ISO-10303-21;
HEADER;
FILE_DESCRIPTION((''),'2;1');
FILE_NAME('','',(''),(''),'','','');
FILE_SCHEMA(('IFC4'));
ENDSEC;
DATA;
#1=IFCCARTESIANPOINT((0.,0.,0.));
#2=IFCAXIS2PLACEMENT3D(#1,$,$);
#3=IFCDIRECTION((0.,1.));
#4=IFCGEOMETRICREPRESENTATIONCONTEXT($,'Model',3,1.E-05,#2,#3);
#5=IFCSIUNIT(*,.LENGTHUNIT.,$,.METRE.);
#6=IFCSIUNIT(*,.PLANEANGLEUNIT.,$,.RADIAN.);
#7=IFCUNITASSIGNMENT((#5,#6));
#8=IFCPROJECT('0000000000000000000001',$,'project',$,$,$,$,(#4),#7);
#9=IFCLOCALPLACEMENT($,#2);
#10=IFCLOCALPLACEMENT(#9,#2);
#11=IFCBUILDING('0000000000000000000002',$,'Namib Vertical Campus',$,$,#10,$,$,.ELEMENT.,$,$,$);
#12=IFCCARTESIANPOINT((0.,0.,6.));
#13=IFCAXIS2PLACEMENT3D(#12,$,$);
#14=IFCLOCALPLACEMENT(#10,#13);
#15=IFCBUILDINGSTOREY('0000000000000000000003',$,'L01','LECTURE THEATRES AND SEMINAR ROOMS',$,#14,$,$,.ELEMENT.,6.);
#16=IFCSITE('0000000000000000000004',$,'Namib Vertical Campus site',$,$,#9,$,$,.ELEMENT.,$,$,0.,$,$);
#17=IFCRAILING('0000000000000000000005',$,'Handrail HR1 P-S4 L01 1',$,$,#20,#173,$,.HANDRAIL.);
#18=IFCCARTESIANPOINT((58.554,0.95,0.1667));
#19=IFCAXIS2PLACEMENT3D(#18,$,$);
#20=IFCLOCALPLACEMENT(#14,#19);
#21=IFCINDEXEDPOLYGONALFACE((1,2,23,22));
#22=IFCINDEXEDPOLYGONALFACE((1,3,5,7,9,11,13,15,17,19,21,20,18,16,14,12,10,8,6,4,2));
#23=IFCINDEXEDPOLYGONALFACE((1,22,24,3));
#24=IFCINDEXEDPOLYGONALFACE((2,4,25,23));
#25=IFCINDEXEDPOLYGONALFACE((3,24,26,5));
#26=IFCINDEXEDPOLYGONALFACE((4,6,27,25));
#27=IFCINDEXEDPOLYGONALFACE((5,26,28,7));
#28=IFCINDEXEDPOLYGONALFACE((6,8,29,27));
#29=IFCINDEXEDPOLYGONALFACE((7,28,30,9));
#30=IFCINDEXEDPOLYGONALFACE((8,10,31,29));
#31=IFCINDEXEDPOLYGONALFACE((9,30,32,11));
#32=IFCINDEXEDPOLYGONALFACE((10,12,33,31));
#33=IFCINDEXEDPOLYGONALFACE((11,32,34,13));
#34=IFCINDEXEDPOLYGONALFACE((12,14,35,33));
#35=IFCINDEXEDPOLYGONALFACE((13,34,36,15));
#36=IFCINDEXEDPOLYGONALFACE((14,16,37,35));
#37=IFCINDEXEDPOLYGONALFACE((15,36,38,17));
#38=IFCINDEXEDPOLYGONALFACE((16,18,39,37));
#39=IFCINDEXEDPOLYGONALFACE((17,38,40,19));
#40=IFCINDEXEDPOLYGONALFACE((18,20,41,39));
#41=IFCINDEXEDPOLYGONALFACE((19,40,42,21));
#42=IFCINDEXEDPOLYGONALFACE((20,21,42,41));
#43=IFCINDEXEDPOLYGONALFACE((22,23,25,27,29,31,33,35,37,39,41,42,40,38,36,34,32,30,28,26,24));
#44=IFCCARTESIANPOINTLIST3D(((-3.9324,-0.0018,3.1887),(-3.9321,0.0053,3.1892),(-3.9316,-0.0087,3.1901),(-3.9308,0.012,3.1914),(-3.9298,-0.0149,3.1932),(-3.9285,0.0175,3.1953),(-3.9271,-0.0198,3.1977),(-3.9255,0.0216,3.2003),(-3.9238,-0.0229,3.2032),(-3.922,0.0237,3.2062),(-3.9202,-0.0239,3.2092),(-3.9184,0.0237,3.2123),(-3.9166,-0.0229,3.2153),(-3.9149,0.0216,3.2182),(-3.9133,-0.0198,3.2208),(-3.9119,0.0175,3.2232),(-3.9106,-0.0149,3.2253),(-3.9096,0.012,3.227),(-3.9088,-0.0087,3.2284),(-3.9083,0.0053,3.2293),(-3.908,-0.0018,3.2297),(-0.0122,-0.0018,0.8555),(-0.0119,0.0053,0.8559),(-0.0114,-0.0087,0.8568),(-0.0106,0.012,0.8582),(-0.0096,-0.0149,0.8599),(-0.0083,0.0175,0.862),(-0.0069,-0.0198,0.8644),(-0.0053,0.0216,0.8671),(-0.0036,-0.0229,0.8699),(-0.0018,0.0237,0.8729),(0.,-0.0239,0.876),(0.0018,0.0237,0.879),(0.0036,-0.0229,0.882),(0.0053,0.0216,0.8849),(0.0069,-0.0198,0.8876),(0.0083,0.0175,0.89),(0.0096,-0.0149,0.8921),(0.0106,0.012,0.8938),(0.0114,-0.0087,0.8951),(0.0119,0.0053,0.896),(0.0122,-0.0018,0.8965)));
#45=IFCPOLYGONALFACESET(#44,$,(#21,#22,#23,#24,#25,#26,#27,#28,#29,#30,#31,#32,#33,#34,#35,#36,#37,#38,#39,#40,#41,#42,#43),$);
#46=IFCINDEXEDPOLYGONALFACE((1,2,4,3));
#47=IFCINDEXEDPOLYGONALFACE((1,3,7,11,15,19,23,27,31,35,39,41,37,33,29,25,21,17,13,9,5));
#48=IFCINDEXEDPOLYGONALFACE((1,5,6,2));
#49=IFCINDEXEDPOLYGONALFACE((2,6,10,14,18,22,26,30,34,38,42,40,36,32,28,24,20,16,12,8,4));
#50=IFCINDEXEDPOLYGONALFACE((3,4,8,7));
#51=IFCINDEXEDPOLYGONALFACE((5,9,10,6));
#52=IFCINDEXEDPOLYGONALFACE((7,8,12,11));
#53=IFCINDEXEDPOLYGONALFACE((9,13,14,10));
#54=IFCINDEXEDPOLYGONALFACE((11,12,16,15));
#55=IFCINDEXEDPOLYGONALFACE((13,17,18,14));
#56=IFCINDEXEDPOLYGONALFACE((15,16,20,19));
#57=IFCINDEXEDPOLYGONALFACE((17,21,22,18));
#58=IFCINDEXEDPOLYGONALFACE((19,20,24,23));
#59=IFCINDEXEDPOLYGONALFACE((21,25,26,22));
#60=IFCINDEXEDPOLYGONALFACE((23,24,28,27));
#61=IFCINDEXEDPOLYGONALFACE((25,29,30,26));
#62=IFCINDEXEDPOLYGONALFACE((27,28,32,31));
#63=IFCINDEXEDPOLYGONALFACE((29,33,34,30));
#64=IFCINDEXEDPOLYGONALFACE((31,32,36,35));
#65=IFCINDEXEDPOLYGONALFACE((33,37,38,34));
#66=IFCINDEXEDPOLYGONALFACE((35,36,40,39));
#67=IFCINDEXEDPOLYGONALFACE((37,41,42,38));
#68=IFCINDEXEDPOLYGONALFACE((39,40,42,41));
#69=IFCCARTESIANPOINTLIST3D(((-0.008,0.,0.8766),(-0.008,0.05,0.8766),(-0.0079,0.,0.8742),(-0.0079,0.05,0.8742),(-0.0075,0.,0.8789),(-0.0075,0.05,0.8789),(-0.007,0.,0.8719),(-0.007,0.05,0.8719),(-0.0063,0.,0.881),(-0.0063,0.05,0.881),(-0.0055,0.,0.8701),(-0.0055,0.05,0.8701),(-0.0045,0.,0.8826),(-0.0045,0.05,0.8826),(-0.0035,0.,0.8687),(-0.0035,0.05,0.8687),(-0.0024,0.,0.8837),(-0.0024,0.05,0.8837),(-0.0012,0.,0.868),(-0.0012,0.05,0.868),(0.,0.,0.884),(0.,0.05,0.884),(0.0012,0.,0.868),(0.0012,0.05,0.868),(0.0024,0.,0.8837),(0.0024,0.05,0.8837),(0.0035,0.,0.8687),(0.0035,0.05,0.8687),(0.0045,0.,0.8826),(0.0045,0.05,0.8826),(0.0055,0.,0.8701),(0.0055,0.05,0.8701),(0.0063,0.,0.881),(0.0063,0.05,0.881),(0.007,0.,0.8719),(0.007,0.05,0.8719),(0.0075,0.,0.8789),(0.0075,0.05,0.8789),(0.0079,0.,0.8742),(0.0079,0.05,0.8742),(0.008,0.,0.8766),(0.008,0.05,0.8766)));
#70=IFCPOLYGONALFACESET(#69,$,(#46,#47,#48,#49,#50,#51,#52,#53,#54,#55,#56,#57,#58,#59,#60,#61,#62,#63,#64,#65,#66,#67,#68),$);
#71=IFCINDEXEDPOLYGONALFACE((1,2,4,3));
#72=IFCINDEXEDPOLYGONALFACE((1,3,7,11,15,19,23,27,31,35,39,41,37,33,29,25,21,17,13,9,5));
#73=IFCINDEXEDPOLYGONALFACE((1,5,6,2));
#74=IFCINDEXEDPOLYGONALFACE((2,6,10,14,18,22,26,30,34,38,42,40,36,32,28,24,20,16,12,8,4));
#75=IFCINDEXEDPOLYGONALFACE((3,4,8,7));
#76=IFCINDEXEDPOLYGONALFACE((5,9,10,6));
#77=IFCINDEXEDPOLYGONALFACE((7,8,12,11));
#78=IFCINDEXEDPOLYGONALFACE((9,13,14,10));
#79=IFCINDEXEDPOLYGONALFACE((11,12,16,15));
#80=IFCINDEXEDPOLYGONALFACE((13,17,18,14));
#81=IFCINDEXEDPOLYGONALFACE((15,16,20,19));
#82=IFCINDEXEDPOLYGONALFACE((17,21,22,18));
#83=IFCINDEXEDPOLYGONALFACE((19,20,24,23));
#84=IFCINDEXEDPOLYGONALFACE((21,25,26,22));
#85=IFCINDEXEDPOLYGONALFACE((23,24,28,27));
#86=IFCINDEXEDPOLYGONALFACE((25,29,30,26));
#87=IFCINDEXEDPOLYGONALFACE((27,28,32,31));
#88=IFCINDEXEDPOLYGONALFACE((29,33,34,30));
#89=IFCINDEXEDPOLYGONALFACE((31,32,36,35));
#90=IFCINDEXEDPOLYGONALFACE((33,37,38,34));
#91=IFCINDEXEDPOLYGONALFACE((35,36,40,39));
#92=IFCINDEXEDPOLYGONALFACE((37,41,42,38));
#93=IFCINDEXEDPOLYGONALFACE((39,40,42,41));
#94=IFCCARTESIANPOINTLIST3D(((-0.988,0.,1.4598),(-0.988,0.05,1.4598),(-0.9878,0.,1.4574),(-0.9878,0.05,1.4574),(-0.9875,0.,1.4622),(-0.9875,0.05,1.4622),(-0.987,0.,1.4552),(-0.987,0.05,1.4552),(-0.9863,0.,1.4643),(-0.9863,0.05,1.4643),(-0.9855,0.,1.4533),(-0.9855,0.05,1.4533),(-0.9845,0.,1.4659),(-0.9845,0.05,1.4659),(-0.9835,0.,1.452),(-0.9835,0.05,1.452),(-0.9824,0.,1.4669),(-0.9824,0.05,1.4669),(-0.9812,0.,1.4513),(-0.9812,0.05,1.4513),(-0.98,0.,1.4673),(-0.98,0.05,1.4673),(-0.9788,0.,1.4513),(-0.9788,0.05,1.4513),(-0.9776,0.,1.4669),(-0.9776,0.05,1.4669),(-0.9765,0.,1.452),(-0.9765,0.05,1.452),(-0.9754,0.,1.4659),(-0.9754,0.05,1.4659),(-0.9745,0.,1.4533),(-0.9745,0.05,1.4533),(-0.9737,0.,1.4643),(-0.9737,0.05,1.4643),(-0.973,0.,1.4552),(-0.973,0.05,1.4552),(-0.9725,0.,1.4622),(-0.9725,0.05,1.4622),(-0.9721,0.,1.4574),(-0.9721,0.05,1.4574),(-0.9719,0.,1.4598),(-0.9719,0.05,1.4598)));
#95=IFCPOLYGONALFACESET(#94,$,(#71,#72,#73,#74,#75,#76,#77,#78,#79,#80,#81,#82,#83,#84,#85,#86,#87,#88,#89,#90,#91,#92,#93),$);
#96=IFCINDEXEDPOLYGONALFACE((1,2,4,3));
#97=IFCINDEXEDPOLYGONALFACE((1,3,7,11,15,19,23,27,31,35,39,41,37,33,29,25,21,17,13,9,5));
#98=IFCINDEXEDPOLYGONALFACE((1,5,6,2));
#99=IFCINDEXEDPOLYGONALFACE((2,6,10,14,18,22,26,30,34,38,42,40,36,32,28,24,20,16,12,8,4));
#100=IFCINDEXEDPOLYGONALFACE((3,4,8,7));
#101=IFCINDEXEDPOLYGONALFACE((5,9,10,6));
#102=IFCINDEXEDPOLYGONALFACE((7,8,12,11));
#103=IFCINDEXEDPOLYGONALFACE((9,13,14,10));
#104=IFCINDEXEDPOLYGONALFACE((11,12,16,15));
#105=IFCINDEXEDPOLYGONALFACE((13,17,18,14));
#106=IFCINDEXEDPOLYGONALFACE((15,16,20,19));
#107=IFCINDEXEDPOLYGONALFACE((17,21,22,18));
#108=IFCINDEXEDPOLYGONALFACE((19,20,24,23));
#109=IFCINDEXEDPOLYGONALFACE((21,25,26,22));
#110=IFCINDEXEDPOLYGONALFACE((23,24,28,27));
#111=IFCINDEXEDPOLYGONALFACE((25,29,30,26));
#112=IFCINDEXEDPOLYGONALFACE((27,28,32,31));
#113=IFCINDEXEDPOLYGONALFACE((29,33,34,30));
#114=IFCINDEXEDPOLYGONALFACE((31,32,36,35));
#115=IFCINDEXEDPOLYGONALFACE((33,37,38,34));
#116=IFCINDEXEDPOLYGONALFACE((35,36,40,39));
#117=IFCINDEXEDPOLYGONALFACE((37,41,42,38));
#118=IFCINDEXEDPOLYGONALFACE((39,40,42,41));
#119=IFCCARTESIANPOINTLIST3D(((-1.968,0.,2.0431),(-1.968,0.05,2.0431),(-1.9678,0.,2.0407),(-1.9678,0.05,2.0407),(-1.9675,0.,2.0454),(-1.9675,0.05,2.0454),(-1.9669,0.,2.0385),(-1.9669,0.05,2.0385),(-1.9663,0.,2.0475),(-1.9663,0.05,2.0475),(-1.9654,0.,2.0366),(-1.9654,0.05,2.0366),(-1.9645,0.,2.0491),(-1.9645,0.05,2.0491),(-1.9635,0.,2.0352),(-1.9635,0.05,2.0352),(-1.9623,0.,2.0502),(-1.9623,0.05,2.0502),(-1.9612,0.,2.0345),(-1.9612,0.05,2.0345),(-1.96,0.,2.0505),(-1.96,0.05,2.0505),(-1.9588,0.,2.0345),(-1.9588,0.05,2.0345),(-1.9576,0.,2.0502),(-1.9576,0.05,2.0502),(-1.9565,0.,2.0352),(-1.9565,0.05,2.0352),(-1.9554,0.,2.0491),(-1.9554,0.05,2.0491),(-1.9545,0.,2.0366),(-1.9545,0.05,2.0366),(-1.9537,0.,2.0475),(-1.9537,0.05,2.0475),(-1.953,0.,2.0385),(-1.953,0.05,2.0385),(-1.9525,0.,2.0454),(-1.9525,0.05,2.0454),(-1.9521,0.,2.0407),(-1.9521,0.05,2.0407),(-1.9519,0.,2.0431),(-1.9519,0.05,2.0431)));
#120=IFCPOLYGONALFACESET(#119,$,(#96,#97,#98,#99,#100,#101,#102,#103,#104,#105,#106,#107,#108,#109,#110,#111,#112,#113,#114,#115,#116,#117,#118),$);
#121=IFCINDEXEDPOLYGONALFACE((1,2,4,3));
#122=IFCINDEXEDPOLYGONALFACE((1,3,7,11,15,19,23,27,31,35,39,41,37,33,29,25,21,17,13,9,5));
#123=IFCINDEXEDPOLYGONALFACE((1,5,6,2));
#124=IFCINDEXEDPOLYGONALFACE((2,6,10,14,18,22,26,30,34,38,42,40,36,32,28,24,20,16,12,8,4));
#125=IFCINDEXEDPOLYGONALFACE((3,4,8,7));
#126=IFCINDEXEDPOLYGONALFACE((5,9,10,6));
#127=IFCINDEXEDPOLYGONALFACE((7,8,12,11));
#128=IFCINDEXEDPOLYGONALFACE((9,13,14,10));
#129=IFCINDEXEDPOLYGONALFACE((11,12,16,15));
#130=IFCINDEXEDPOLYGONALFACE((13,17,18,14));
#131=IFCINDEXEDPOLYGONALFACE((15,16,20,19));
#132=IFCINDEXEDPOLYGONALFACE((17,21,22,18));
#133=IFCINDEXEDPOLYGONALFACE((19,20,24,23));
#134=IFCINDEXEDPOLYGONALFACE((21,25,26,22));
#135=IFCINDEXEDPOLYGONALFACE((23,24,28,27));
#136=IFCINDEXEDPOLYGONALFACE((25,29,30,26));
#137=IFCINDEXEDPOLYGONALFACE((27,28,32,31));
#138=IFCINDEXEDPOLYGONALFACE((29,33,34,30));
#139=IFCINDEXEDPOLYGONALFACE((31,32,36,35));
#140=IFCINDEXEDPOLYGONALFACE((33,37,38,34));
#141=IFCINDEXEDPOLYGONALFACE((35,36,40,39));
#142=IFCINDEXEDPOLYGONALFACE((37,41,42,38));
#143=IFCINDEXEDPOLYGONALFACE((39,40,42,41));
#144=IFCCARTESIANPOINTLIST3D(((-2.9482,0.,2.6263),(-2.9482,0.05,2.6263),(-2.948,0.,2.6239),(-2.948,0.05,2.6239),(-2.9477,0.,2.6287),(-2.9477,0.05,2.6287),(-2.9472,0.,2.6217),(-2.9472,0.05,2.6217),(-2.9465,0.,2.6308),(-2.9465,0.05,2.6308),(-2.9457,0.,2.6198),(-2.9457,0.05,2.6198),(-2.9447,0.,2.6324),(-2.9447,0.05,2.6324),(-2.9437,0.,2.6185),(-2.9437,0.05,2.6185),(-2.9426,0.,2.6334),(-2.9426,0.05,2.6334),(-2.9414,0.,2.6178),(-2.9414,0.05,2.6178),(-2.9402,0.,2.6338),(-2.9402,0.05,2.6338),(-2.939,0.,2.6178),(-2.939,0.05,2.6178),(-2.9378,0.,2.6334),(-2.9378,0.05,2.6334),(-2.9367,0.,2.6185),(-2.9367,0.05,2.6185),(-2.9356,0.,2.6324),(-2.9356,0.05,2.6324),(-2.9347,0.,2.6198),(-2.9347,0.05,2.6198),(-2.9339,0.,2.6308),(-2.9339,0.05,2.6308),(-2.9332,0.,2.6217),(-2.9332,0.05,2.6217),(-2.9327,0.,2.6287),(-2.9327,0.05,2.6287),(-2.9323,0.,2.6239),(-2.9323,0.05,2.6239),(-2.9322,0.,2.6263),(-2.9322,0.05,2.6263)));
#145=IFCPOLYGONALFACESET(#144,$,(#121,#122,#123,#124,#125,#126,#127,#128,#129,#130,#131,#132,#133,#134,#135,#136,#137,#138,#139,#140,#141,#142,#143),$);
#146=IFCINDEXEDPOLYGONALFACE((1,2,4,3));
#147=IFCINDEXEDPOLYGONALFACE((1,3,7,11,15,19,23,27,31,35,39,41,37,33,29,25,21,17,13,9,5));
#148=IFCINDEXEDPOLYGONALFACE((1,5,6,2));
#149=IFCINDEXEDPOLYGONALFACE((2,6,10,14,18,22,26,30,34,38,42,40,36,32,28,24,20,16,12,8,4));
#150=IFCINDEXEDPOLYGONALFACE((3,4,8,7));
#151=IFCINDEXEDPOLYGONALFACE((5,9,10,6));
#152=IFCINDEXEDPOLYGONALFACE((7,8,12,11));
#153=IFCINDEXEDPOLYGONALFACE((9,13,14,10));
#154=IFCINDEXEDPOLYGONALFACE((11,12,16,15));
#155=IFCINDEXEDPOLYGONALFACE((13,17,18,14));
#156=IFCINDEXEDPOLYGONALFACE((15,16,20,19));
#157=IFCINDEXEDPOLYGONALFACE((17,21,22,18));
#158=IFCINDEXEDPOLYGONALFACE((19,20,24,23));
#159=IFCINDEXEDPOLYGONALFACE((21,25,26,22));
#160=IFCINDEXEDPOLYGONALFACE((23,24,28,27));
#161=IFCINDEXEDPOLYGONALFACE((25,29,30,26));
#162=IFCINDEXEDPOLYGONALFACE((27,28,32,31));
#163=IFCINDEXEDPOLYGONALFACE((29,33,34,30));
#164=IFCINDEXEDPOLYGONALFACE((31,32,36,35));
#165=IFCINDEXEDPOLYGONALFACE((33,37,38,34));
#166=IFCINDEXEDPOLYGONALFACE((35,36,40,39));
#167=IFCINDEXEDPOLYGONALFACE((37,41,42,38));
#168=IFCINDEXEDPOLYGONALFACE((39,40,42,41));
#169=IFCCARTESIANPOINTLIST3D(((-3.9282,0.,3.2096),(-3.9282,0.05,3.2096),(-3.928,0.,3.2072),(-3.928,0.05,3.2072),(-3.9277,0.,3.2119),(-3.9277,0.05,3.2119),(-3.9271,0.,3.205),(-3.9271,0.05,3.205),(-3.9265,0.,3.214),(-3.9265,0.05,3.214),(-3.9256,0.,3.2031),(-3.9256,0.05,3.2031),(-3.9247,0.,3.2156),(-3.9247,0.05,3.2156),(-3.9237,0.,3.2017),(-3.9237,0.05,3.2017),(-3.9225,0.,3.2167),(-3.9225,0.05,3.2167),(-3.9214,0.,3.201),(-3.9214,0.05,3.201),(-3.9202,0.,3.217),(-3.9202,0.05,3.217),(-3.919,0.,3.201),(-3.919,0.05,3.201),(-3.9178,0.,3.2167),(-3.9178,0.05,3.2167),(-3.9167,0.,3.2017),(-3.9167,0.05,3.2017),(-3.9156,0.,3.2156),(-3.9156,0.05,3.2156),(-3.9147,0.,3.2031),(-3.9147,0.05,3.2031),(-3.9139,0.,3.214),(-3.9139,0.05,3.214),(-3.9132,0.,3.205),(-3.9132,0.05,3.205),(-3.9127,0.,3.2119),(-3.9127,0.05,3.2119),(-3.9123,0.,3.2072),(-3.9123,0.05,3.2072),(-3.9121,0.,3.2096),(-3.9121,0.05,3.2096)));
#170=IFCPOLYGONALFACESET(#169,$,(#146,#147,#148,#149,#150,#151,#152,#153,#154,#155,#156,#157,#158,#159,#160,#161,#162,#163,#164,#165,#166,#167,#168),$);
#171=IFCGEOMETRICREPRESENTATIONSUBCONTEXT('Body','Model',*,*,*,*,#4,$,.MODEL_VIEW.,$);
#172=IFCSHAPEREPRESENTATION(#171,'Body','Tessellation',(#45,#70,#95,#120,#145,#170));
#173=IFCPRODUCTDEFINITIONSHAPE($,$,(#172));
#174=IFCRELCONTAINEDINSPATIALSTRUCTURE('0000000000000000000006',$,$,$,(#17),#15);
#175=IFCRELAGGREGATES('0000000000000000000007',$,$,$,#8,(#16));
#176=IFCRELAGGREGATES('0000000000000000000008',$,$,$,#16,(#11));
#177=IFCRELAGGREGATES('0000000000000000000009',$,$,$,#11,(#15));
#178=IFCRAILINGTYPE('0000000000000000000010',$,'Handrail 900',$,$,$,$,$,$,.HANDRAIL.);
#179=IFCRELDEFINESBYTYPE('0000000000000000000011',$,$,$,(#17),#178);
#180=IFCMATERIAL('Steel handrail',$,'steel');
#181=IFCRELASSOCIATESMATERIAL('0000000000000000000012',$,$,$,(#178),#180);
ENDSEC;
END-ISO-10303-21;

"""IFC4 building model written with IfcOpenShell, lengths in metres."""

from ifc_helpers import new_model, si_unit, direction, frame, origin, origin_2d, place, context, subcontext, project, spatial, circle, extrude, material, type_object, element, save


model = new_model("IFC4")

# Units and contexts
model_context = context("Model", 3, precision=1e-05, world=origin(), true_north=direction((0.0, 1.0)))
body_context = subcontext(model_context, "Body", "Model", "MODEL_VIEW")
ifc_project = project(units=[si_unit("LENGTHUNIT", "METRE"), si_unit("PLANEANGLEUNIT", "RADIAN")], contexts=[model_context])

# Site, building, storey
site_placement = place(None, origin())
site = spatial("IfcSite", under=ifc_project, at=site_placement, Name="Namib Vertical Campus site", CompositionType="ELEMENT", RefElevation=0.0)
building_placement = place(site_placement, origin())
building = spatial("IfcBuilding", under=site, at=building_placement, Name="Namib Vertical Campus", CompositionType="ELEMENT")
storey_placement = place(building_placement, frame((0.0, 0.0, 6.0)))
storey = spatial("IfcBuildingStorey", under=building, at=storey_placement, Name="L01", Description="LECTURE THEATRES AND SEMINAR ROOMS", CompositionType="ELEMENT", Elevation=6.0)

# Railing
ifc_material_1 = material(Name="Steel handrail", Category="steel")
railing_type_1 = type_object("IfcRailingType", Name="Handrail 900", PredefinedType="HANDRAIL", material=ifc_material_1)
railing_1_placement = place(storey_placement, frame((58.554, 0.95, 0.1667)))
element("IfcRailing", 1, at=railing_1_placement, inside=storey, type_object=railing_type_1, Name="Handrail HR1 P-S4 L01 1", PredefinedType="HANDRAIL", context=body_context, shape_type="SweptSolid", body=[
    extrude(circle(Radius=0.0239, at=origin_2d()), frame((0.0, 0.0, 0.876), z_axis=(-0.85931, 0.0, 0.511455), x_axis=(0.0, -1.0, 0.0)), (0.0, 0.0, 1.0), 4.562),
    extrude(circle(Radius=0.0081, at=origin_2d()), frame((0.0, 0.0, 0.876), z_axis=(0.0, 1.0, 0.0), x_axis=(0.0, 0.0, 1.0)), (0.0, 0.0, 1.0), 0.05),
    extrude(circle(Radius=0.0081, at=origin_2d()), frame((-0.98, 0.0, 1.4592), z_axis=(0.0, 1.0, 0.0), x_axis=(0.0, 0.0, 1.0)), (0.0, 0.0, 1.0), 0.05),
    extrude(circle(Radius=0.0081, at=origin_2d()), frame((-1.96, 0.0, 2.0425), z_axis=(0.0, 1.0, 0.0), x_axis=(0.0, 0.0, 1.0)), (0.0, 0.0, 1.0), 0.05),
    extrude(circle(Radius=0.0081, at=origin_2d()), frame((-2.9402, 0.0, 2.6257), z_axis=(0.0, 1.0, 0.0), x_axis=(0.0, 0.0, 1.0)), (0.0, 0.0, 1.0), 0.05),
    extrude(circle(Radius=0.0081, at=origin_2d()), frame((-3.9202, 0.0, 3.209), z_axis=(0.0, 1.0, 0.0), x_axis=(0.0, 0.0, 1.0)), (0.0, 0.0, 1.0), 0.05),
])

save(model, "model.ifc")
